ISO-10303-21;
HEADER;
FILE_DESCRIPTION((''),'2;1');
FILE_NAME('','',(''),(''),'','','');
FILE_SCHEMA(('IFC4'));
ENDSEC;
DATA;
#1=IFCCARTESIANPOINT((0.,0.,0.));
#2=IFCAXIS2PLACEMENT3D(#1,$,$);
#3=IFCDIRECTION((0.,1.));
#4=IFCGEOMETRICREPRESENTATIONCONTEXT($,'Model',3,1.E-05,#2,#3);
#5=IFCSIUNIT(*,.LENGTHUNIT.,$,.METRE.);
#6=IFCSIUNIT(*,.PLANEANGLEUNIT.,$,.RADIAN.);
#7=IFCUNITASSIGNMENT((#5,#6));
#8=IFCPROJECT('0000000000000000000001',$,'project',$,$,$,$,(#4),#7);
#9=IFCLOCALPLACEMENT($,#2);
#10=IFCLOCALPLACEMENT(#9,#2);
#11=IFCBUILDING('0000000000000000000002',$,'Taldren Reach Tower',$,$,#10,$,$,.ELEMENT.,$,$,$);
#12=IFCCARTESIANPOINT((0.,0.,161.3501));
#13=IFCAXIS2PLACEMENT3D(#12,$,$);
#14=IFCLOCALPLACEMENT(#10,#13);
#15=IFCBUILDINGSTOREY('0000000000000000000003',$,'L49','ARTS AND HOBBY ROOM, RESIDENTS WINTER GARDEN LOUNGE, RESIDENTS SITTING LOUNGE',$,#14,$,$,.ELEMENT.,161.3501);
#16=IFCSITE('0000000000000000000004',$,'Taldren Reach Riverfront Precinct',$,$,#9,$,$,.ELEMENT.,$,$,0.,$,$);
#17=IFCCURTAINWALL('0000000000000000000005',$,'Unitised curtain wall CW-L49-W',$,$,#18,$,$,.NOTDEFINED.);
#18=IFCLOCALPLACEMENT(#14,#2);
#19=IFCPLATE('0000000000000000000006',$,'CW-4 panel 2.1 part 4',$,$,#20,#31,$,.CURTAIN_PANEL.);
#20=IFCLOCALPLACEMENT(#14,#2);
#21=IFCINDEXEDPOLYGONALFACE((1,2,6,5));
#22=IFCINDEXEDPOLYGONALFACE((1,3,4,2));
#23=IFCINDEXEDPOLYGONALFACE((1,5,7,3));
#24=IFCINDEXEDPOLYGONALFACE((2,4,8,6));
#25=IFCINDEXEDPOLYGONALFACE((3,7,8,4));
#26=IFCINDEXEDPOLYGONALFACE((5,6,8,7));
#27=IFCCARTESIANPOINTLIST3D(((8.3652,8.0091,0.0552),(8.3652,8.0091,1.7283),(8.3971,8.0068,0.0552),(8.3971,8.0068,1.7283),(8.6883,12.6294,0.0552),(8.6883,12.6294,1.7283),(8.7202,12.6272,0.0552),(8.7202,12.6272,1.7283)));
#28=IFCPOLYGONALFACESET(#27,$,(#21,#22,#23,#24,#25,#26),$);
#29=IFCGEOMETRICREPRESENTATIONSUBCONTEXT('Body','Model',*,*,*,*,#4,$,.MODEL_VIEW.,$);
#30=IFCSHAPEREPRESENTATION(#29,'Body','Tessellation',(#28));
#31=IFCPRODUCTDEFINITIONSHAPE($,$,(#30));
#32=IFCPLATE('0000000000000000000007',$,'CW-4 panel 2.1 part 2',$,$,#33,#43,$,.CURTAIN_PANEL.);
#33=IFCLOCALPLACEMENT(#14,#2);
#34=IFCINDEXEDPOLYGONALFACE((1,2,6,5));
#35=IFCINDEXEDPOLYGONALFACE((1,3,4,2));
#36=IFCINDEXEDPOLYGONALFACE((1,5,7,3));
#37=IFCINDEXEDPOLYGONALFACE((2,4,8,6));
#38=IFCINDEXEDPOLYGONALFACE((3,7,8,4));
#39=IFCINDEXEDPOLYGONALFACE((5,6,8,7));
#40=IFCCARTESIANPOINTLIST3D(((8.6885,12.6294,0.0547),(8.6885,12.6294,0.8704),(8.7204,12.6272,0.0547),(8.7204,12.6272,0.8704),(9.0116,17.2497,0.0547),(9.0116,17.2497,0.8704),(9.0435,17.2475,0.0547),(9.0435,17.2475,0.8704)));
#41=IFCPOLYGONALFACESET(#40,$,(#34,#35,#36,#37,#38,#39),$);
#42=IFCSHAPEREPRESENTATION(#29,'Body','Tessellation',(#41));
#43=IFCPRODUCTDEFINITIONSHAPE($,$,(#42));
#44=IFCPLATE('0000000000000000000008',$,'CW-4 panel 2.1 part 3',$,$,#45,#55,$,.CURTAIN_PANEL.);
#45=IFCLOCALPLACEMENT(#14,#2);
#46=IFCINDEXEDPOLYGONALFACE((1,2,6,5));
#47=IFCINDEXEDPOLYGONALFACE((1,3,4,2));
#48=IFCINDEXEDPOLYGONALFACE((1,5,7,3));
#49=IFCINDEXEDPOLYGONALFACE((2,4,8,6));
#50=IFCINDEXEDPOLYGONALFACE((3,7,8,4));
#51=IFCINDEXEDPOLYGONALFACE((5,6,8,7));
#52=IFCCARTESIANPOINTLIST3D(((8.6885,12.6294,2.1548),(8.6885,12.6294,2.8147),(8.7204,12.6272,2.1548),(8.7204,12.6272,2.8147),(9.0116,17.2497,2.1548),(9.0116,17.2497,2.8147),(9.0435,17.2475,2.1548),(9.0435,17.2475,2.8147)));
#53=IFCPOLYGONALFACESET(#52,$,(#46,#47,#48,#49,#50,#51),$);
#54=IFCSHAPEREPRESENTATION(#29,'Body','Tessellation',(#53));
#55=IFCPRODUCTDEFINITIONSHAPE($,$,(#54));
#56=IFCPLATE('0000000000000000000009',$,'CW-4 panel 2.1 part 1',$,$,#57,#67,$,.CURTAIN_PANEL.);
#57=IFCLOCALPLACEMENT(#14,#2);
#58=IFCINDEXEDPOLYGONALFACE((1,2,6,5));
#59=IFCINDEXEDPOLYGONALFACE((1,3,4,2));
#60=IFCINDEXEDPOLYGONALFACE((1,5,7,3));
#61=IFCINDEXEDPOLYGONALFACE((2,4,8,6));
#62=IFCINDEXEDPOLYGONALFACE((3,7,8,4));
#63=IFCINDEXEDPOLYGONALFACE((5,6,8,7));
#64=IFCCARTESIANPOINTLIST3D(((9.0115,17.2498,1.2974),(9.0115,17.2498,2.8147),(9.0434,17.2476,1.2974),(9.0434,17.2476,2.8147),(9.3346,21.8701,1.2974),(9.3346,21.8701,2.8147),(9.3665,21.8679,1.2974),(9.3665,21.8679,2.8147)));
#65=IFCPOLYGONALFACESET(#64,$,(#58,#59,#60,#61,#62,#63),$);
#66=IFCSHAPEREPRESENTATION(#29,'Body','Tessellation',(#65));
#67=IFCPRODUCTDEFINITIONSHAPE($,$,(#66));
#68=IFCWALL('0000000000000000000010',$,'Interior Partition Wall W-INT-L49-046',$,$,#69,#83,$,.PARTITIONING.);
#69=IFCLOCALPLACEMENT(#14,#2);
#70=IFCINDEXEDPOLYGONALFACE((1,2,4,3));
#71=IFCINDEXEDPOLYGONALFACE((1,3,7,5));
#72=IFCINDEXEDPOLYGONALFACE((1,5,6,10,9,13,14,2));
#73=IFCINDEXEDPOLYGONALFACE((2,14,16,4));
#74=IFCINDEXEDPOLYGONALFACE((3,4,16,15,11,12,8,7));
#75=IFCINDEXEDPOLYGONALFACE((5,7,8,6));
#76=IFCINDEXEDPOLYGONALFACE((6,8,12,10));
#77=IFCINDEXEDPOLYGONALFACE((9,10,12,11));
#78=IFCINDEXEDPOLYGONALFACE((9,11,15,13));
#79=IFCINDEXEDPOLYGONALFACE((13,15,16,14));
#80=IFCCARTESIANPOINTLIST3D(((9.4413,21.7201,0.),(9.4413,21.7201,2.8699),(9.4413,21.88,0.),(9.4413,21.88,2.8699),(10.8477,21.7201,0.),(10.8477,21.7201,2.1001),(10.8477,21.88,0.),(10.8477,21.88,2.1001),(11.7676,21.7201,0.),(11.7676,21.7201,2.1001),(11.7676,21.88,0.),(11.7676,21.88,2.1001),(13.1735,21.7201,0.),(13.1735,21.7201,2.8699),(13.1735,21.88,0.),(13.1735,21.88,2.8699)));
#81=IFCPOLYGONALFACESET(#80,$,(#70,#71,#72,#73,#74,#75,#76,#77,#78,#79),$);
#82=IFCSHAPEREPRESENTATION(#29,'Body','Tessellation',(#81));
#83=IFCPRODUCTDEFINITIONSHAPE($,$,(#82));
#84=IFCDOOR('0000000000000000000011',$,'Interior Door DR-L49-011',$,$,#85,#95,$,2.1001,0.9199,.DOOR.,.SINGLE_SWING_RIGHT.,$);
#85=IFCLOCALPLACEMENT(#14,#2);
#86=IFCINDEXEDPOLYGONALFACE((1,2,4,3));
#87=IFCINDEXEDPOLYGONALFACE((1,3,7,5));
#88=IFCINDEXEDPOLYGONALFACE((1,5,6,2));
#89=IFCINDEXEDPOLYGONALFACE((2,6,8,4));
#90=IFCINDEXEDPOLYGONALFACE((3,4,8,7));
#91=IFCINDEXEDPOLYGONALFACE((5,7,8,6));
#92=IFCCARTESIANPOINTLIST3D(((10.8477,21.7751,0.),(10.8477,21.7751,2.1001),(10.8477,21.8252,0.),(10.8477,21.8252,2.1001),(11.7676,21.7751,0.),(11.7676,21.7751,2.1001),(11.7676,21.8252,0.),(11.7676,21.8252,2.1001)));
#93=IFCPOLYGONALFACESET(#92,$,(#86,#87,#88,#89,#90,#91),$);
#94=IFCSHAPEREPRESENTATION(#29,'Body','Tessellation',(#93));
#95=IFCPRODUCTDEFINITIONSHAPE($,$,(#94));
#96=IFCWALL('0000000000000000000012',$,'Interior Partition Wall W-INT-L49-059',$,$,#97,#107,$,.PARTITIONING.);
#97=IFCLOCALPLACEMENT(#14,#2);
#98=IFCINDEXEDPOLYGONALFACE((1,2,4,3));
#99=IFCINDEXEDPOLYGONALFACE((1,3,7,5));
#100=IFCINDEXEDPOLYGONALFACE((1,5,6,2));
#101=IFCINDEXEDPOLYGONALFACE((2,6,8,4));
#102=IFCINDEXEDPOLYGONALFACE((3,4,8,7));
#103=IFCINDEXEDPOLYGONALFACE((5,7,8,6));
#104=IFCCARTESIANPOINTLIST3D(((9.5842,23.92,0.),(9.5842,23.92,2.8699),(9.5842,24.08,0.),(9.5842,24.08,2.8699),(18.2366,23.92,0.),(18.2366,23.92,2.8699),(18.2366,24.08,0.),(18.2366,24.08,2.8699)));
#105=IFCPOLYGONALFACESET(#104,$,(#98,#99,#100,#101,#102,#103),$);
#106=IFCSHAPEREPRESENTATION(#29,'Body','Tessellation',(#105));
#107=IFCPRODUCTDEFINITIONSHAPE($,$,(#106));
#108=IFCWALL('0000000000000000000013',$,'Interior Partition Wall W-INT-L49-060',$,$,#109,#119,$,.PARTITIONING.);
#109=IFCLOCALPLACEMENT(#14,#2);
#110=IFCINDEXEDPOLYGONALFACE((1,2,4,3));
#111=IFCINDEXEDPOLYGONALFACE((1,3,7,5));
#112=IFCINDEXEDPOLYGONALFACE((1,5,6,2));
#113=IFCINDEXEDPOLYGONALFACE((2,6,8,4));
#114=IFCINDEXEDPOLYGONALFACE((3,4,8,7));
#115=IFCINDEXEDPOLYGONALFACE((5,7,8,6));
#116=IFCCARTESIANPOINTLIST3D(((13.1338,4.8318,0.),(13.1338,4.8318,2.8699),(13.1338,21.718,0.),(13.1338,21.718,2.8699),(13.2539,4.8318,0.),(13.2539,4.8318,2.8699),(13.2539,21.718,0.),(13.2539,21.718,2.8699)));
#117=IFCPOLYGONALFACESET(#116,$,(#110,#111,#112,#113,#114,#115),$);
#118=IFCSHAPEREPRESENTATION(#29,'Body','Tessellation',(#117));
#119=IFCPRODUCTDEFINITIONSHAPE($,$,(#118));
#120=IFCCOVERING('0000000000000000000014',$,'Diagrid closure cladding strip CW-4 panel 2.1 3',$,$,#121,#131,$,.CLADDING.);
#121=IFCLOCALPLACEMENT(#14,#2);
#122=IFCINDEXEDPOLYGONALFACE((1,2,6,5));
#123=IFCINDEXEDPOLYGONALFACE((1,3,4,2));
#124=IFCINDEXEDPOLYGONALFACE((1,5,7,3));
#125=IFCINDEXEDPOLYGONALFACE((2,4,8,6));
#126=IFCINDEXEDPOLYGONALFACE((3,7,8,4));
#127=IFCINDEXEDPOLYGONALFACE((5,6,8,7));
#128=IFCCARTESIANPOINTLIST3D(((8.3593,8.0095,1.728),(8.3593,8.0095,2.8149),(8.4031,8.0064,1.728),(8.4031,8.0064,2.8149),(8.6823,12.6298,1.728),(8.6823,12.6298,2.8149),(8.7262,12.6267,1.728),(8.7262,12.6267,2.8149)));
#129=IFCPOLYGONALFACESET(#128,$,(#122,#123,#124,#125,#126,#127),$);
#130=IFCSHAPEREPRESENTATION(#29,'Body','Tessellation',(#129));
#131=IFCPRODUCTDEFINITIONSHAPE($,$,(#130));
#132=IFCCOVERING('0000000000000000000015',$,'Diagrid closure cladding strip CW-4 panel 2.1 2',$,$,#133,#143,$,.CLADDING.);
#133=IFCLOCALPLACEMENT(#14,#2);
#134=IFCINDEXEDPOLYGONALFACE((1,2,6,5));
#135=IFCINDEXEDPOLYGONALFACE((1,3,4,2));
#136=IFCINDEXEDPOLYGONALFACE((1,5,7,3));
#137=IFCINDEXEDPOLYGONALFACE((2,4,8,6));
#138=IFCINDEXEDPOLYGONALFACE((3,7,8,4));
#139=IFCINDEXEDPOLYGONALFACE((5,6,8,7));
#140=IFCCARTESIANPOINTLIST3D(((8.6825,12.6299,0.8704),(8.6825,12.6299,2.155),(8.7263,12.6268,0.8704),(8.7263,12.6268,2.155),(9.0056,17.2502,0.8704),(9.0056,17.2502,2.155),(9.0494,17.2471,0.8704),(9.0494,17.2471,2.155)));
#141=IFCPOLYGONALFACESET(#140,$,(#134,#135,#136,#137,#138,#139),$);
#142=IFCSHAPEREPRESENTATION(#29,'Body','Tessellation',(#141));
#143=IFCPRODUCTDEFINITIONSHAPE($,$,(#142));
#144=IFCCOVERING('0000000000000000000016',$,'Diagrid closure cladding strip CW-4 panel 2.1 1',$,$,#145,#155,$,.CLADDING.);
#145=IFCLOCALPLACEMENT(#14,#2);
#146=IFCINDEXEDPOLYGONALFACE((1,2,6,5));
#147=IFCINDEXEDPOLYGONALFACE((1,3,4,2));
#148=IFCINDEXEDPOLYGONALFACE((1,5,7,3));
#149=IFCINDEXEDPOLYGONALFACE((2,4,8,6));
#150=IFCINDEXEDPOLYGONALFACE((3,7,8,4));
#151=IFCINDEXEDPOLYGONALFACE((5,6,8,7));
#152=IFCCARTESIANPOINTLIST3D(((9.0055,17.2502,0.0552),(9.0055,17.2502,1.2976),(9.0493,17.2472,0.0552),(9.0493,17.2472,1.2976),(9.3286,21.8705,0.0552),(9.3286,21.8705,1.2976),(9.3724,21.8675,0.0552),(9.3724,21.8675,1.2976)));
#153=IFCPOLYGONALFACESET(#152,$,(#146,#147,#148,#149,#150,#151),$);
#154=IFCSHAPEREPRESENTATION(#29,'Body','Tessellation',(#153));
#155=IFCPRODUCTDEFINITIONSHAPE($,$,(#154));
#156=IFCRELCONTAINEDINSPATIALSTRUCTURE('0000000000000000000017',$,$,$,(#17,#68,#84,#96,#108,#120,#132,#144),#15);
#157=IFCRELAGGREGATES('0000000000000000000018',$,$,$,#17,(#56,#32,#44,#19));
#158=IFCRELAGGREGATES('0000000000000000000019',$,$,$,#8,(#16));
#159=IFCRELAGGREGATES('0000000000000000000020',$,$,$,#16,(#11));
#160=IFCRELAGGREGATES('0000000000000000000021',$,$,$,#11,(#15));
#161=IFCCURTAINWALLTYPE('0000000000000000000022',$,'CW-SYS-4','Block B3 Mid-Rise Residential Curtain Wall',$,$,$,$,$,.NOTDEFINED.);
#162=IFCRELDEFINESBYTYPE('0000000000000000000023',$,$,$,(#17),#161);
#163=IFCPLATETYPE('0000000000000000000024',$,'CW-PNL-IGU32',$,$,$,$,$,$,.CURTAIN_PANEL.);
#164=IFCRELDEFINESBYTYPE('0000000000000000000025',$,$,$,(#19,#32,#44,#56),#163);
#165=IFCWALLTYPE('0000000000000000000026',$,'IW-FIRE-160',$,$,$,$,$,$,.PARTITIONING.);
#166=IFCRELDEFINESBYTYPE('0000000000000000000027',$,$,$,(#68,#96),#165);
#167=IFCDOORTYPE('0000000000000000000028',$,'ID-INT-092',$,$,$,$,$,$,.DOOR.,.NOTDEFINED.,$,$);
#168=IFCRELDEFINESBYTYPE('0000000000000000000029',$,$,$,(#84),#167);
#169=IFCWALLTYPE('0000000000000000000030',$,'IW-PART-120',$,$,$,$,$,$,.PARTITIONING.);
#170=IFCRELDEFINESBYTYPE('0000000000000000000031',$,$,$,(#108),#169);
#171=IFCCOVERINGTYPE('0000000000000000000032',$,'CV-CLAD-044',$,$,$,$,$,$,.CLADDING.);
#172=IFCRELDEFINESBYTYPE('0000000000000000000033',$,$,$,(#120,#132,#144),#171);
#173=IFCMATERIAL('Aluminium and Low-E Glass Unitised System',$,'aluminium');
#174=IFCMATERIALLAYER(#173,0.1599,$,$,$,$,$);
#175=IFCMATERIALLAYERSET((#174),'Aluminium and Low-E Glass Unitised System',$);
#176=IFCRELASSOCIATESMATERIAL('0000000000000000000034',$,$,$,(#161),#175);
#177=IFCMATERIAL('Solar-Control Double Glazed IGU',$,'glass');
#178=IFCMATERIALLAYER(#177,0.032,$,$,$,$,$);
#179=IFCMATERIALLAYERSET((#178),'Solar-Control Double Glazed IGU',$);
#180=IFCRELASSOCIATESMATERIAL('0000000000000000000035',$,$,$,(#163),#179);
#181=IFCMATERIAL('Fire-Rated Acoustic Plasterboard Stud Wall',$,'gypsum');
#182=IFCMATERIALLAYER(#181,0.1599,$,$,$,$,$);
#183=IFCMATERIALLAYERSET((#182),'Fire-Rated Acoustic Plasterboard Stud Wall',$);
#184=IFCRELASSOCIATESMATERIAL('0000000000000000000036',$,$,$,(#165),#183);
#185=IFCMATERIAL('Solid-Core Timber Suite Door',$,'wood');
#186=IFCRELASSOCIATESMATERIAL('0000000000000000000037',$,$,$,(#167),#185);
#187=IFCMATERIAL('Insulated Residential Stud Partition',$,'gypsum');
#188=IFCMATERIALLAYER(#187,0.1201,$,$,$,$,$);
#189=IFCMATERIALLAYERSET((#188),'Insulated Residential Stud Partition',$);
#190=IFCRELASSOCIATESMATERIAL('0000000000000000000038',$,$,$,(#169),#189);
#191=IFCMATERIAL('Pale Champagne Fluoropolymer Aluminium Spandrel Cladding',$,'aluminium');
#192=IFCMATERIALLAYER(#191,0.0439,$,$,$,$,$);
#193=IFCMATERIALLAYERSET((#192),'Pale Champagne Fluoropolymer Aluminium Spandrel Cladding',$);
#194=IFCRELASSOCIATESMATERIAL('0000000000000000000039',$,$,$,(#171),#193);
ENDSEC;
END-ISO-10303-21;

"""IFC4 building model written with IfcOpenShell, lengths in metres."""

from ifc_helpers import new_model, si_unit, direction, frame, frame_2d, origin, origin_2d, place, context, subcontext, project, spatial, rectangle, extrude, source, transform, mapped, material, layer, layer_set, type_object, element, fill, aggregate, save


model = new_model("IFC4")

# Units and contexts
model_context = context("Model", 3, precision=1e-05, world=origin(), true_north=direction((0.0, 1.0)))
body_context = subcontext(model_context, "Body", "Model", "MODEL_VIEW")
ifc_project = project(units=[si_unit("LENGTHUNIT", "METRE"), si_unit("PLANEANGLEUNIT", "RADIAN")], contexts=[model_context])

# Site, building, storey
site_placement = place(None, origin())
site = spatial("IfcSite", under=ifc_project, at=site_placement, Name="Taldren Reach Riverfront Precinct", CompositionType="ELEMENT", RefElevation=0.0)
building_placement = place(site_placement, origin())
building = spatial("IfcBuilding", under=site, at=building_placement, Name="Taldren Reach Tower", CompositionType="ELEMENT")
storey_placement = place(building_placement, frame((0.0, 0.0, 161.3501)))
storey = spatial("IfcBuildingStorey", under=building, at=storey_placement, Name="L49", Description="ARTS AND HOBBY ROOM, RESIDENTS WINTER GARDEN LOUNGE, RESIDENTS SITTING LOUNGE", CompositionType="ELEMENT", Elevation=161.3501)

# Curtain wall
ifc_material_1 = material(Name="Aluminium and Low-E Glass Unitised System", Category="aluminium")
ifc_layer_1 = layer(ifc_material_1, 0.1599)
ifc_layer_set_1 = layer_set([ifc_layer_1], Name="Aluminium and Low-E Glass Unitised System")
curtain_wall_type = type_object("IfcCurtainWallType", Name="CW-SYS-4", Description="Block B3 Mid-Rise Residential Curtain Wall", PredefinedType="NOTDEFINED", material=ifc_layer_set_1)
curtain_wall_placement = place(storey_placement, origin())
curtain_wall = element("IfcCurtainWall", 1, at=curtain_wall_placement, inside=storey, type_object=curtain_wall_type, Name="Unitised curtain wall CW-L49-W", PredefinedType="NOTDEFINED")

# Plates
ifc_material_2 = material(Name="Solar-Control Double Glazed IGU", Category="glass")
ifc_layer_2 = layer(ifc_material_2, 0.032)
ifc_layer_set_2 = layer_set([ifc_layer_2], Name="Solar-Control Double Glazed IGU")
plate_type_1 = type_object("IfcPlateType", Name="CW-PNL-IGU32", PredefinedType="CURTAIN_PANEL", material=ifc_layer_set_2)
shared_shape_1 = source(origin(), body_context, "Body", "SweptSolid", [
    extrude(rectangle(XDim=4.6316, YDim=0.032, at=origin_2d()), origin(), (0.0, 0.0, 1.0), 1.6731),
])
plate_1_placement = place(storey_placement, frame((8.5427, 10.3181, 0.0552), z_axis=(0.0, 0.0, 1.0), x_axis=(-0.069756, -0.997564, 0.0)))
plate_1 = element("IfcPlate", 2, at=plate_1_placement, type_object=plate_type_1, Name="CW-4 panel 2.1 part 4", PredefinedType="CURTAIN_PANEL", context=body_context, shape_type="MappedRepresentation", body=[
    mapped(shared_shape_1, transform((0.0, 0.0, 0.0), scale=1.0)),
])
shared_shape_2 = source(origin(), body_context, "Body", "SweptSolid", [
    extrude(rectangle(XDim=4.6316, YDim=0.032, at=origin_2d()), origin(), (0.0, 0.0, 1.0), 0.8157),
])
plate_2_placement = place(storey_placement, frame((8.866, 14.9385, 0.0547), z_axis=(0.0, 0.0, 1.0), x_axis=(-0.069756, -0.997564, 0.0)))
plate_2 = element("IfcPlate", 3, at=plate_2_placement, type_object=plate_type_1, Name="CW-4 panel 2.1 part 2", PredefinedType="CURTAIN_PANEL", context=body_context, shape_type="MappedRepresentation", body=[
    mapped(shared_shape_2, transform((0.0, 0.0, 0.0), scale=1.0)),
])
shared_shape_3 = source(origin(), body_context, "Body", "SweptSolid", [
    extrude(rectangle(XDim=4.6316, YDim=0.032, at=origin_2d()), origin(), (0.0, 0.0, 1.0), 0.6599),
])
plate_3_placement = place(storey_placement, frame((8.866, 14.9385, 2.1548), z_axis=(0.0, 0.0, 1.0), x_axis=(-0.069756, -0.997564, 0.0)))
plate_3 = element("IfcPlate", 4, at=plate_3_placement, type_object=plate_type_1, Name="CW-4 panel 2.1 part 3", PredefinedType="CURTAIN_PANEL", context=body_context, shape_type="MappedRepresentation", body=[
    mapped(shared_shape_3, transform((0.0, 0.0, 0.0), scale=1.0)),
])
shared_shape_4 = source(origin(), body_context, "Body", "SweptSolid", [
    extrude(rectangle(XDim=4.6316, YDim=0.032, at=origin_2d()), origin(), (0.0, 0.0, 1.0), 1.5173),
])
plate_4_placement = place(storey_placement, frame((9.189, 19.5588, 1.2974), z_axis=(0.0, 0.0, 1.0), x_axis=(-0.069756, -0.997564, 0.0)))
plate_4 = element("IfcPlate", 5, at=plate_4_placement, type_object=plate_type_1, Name="CW-4 panel 2.1 part 1", PredefinedType="CURTAIN_PANEL", context=body_context, shape_type="MappedRepresentation", body=[
    mapped(shared_shape_4, transform((0.0, 0.0, 0.0), scale=1.0)),
])
aggregate(curtain_wall, [plate_4, plate_2, plate_3, plate_1])

# Wall, opening, door
ifc_material_3 = material(Name="Fire-Rated Acoustic Plasterboard Stud Wall", Category="gypsum")
ifc_layer_3 = layer(ifc_material_3, 0.1599)
ifc_layer_set_3 = layer_set([ifc_layer_3], Name="Fire-Rated Acoustic Plasterboard Stud Wall")
wall_type_1 = type_object("IfcWallType", Name="IW-FIRE-160", PredefinedType="PARTITIONING", material=ifc_layer_set_3)
shared_shape_5 = source(origin(), body_context, "Body", "SweptSolid", [
    extrude(rectangle(XDim=3.7322, YDim=0.1599, at=frame_2d((1.8662, 0.0))), origin(), (0.0, 0.0, 1.0), 2.8699),
])
wall_1_placement = place(storey_placement, frame((13.1736, 21.8, 0.0), z_axis=(0.0, 0.0, 1.0), x_axis=(-1.0, 0.0, 0.0)))
wall_1 = element("IfcWall", 6, at=wall_1_placement, inside=storey, type_object=wall_type_1, Name="Interior Partition Wall W-INT-L49-046", PredefinedType="PARTITIONING", context=body_context, shape_type="MappedRepresentation", body=[
    mapped(shared_shape_5, transform((0.0, 0.0, 0.0), scale=1.0)),
])
shared_shape_6 = source(origin(), body_context, "Body", "SweptSolid", [
    extrude(rectangle(XDim=0.9199, YDim=2.1001, at=frame_2d((0.46, 1.05))), frame((0.0, 0.0898, 0.0), z_axis=(0.0, -1.0, 0.0), x_axis=(1.0, 0.0, 0.0)), (0.0, 0.0, 1.0), 0.1799),
])
opening_placement = place(wall_1_placement, frame((1.406, 0.0, 0.0)))
opening = element("IfcOpeningElement", 7, at=opening_placement, cuts=wall_1, PredefinedType="OPENING", context=body_context, shape_type="MappedRepresentation", body=[
    mapped(shared_shape_6, transform((0.0, 0.0, 0.0), scale=1.0)),
])
ifc_material_4 = material(Name="Solid-Core Timber Suite Door", Category="wood")
door_type = type_object("IfcDoorType", Name="ID-INT-092", OperationType="NOTDEFINED", PredefinedType="DOOR", material=ifc_material_4)
shared_shape_7 = source(origin(), body_context, "Body", "SweptSolid", [
    extrude(rectangle(XDim=0.9199, YDim=2.1001, at=frame_2d((0.46, 1.05))), frame((0.0, 0.0249, 0.0), z_axis=(0.0, -1.0, 0.0), x_axis=(1.0, 0.0, 0.0)), (0.0, 0.0, 1.0), 0.05),
])
door_placement = place(opening_placement, origin())
door = element("IfcDoor", 8, at=door_placement, inside=storey, type_object=door_type, Name="Interior Door DR-L49-011", OperationType="SINGLE_SWING_RIGHT", OverallHeight=2.1001, OverallWidth=0.9199, PredefinedType="DOOR", context=body_context, shape_type="MappedRepresentation", body=[
    mapped(shared_shape_7, transform((0.0, 0.0, 0.0), scale=1.0)),
])
fill(opening, door)

# Walls
shared_shape_8 = source(origin(), body_context, "Body", "SweptSolid", [
    extrude(rectangle(XDim=8.6523, YDim=0.1599, at=frame_2d((4.3262, 0.0))), origin(), (0.0, 0.0, 1.0), 2.8699),
])
wall_2_placement = place(storey_placement, frame((9.5842, 24.0, 0.0), z_axis=(0.0, 0.0, 1.0), x_axis=(1.0, 0.0, 0.0)))
element("IfcWall", 9, at=wall_2_placement, inside=storey, type_object=wall_type_1, Name="Interior Partition Wall W-INT-L49-059", PredefinedType="PARTITIONING", context=body_context, shape_type="MappedRepresentation", body=[
    mapped(shared_shape_8, transform((0.0, 0.0, 0.0), scale=1.0)),
])
ifc_material_5 = material(Name="Insulated Residential Stud Partition", Category="gypsum")
ifc_layer_4 = layer(ifc_material_5, 0.1201)
ifc_layer_set_4 = layer_set([ifc_layer_4], Name="Insulated Residential Stud Partition")
wall_type_2 = type_object("IfcWallType", Name="IW-PART-120", PredefinedType="PARTITIONING", material=ifc_layer_set_4)
shared_shape_9 = source(origin(), body_context, "Body", "SweptSolid", [
    extrude(rectangle(XDim=16.8862, YDim=0.1201, at=frame_2d((8.4431, 0.0))), origin(), (0.0, 0.0, 1.0), 2.8699),
])
wall_3_placement = place(storey_placement, frame((13.1938, 21.718, 0.0), z_axis=(0.0, 0.0, 1.0), x_axis=(0.0, -1.0, 0.0)))
element("IfcWall", 10, at=wall_3_placement, inside=storey, type_object=wall_type_2, Name="Interior Partition Wall W-INT-L49-060", PredefinedType="PARTITIONING", context=body_context, shape_type="MappedRepresentation", body=[
    mapped(shared_shape_9, transform((0.0, 0.0, 0.0), scale=1.0)),
])

# Coverings
ifc_material_6 = material(Name="Pale Champagne Fluoropolymer Aluminium Spandrel Cladding", Category="aluminium")
ifc_layer_5 = layer(ifc_material_6, 0.0439)
ifc_layer_set_5 = layer_set([ifc_layer_5], Name="Pale Champagne Fluoropolymer Aluminium Spandrel Cladding")
covering_type = type_object("IfcCoveringType", Name="CV-CLAD-044", PredefinedType="CLADDING", material=ifc_layer_set_5)
shared_shape_10 = source(origin(), body_context, "Body", "SweptSolid", [
    extrude(rectangle(XDim=4.6316, YDim=0.0439, at=origin_2d()), origin(), (0.0, 0.0, 1.0), 1.0869),
])
covering_1_placement = place(storey_placement, frame((8.5427, 10.3181, 1.728), z_axis=(0.0, 0.0, 1.0), x_axis=(-0.069756, -0.997564, 0.0)))
element("IfcCovering", 11, at=covering_1_placement, inside=storey, type_object=covering_type, Name="Diagrid closure cladding strip CW-4 panel 2.1 3", PredefinedType="CLADDING", context=body_context, shape_type="MappedRepresentation", body=[
    mapped(shared_shape_10, transform((0.0, 0.0, 0.0), scale=1.0)),
])
shared_shape_11 = source(origin(), body_context, "Body", "SweptSolid", [
    extrude(rectangle(XDim=4.6316, YDim=0.0439, at=origin_2d()), origin(), (0.0, 0.0, 1.0), 1.2847),
])
covering_2_placement = place(storey_placement, frame((8.866, 14.9385, 0.8704), z_axis=(0.0, 0.0, 1.0), x_axis=(-0.069756, -0.997564, 0.0)))
element("IfcCovering", 12, at=covering_2_placement, inside=storey, type_object=covering_type, Name="Diagrid closure cladding strip CW-4 panel 2.1 2", PredefinedType="CLADDING", context=body_context, shape_type="MappedRepresentation", body=[
    mapped(shared_shape_11, transform((0.0, 0.0, 0.0), scale=1.0)),
])
shared_shape_12 = source(origin(), body_context, "Body", "SweptSolid", [
    extrude(rectangle(XDim=4.6316, YDim=0.0439, at=origin_2d()), origin(), (0.0, 0.0, 1.0), 1.2424),
])
covering_3_placement = place(storey_placement, frame((9.189, 19.5588, 0.0552), z_axis=(0.0, 0.0, 1.0), x_axis=(-0.069756, -0.997564, 0.0)))
element("IfcCovering", 13, at=covering_3_placement, inside=storey, type_object=covering_type, Name="Diagrid closure cladding strip CW-4 panel 2.1 1", PredefinedType="CLADDING", context=body_context, shape_type="MappedRepresentation", body=[
    mapped(shared_shape_12, transform((0.0, 0.0, 0.0), scale=1.0)),
])

save(model, "model.ifc")
